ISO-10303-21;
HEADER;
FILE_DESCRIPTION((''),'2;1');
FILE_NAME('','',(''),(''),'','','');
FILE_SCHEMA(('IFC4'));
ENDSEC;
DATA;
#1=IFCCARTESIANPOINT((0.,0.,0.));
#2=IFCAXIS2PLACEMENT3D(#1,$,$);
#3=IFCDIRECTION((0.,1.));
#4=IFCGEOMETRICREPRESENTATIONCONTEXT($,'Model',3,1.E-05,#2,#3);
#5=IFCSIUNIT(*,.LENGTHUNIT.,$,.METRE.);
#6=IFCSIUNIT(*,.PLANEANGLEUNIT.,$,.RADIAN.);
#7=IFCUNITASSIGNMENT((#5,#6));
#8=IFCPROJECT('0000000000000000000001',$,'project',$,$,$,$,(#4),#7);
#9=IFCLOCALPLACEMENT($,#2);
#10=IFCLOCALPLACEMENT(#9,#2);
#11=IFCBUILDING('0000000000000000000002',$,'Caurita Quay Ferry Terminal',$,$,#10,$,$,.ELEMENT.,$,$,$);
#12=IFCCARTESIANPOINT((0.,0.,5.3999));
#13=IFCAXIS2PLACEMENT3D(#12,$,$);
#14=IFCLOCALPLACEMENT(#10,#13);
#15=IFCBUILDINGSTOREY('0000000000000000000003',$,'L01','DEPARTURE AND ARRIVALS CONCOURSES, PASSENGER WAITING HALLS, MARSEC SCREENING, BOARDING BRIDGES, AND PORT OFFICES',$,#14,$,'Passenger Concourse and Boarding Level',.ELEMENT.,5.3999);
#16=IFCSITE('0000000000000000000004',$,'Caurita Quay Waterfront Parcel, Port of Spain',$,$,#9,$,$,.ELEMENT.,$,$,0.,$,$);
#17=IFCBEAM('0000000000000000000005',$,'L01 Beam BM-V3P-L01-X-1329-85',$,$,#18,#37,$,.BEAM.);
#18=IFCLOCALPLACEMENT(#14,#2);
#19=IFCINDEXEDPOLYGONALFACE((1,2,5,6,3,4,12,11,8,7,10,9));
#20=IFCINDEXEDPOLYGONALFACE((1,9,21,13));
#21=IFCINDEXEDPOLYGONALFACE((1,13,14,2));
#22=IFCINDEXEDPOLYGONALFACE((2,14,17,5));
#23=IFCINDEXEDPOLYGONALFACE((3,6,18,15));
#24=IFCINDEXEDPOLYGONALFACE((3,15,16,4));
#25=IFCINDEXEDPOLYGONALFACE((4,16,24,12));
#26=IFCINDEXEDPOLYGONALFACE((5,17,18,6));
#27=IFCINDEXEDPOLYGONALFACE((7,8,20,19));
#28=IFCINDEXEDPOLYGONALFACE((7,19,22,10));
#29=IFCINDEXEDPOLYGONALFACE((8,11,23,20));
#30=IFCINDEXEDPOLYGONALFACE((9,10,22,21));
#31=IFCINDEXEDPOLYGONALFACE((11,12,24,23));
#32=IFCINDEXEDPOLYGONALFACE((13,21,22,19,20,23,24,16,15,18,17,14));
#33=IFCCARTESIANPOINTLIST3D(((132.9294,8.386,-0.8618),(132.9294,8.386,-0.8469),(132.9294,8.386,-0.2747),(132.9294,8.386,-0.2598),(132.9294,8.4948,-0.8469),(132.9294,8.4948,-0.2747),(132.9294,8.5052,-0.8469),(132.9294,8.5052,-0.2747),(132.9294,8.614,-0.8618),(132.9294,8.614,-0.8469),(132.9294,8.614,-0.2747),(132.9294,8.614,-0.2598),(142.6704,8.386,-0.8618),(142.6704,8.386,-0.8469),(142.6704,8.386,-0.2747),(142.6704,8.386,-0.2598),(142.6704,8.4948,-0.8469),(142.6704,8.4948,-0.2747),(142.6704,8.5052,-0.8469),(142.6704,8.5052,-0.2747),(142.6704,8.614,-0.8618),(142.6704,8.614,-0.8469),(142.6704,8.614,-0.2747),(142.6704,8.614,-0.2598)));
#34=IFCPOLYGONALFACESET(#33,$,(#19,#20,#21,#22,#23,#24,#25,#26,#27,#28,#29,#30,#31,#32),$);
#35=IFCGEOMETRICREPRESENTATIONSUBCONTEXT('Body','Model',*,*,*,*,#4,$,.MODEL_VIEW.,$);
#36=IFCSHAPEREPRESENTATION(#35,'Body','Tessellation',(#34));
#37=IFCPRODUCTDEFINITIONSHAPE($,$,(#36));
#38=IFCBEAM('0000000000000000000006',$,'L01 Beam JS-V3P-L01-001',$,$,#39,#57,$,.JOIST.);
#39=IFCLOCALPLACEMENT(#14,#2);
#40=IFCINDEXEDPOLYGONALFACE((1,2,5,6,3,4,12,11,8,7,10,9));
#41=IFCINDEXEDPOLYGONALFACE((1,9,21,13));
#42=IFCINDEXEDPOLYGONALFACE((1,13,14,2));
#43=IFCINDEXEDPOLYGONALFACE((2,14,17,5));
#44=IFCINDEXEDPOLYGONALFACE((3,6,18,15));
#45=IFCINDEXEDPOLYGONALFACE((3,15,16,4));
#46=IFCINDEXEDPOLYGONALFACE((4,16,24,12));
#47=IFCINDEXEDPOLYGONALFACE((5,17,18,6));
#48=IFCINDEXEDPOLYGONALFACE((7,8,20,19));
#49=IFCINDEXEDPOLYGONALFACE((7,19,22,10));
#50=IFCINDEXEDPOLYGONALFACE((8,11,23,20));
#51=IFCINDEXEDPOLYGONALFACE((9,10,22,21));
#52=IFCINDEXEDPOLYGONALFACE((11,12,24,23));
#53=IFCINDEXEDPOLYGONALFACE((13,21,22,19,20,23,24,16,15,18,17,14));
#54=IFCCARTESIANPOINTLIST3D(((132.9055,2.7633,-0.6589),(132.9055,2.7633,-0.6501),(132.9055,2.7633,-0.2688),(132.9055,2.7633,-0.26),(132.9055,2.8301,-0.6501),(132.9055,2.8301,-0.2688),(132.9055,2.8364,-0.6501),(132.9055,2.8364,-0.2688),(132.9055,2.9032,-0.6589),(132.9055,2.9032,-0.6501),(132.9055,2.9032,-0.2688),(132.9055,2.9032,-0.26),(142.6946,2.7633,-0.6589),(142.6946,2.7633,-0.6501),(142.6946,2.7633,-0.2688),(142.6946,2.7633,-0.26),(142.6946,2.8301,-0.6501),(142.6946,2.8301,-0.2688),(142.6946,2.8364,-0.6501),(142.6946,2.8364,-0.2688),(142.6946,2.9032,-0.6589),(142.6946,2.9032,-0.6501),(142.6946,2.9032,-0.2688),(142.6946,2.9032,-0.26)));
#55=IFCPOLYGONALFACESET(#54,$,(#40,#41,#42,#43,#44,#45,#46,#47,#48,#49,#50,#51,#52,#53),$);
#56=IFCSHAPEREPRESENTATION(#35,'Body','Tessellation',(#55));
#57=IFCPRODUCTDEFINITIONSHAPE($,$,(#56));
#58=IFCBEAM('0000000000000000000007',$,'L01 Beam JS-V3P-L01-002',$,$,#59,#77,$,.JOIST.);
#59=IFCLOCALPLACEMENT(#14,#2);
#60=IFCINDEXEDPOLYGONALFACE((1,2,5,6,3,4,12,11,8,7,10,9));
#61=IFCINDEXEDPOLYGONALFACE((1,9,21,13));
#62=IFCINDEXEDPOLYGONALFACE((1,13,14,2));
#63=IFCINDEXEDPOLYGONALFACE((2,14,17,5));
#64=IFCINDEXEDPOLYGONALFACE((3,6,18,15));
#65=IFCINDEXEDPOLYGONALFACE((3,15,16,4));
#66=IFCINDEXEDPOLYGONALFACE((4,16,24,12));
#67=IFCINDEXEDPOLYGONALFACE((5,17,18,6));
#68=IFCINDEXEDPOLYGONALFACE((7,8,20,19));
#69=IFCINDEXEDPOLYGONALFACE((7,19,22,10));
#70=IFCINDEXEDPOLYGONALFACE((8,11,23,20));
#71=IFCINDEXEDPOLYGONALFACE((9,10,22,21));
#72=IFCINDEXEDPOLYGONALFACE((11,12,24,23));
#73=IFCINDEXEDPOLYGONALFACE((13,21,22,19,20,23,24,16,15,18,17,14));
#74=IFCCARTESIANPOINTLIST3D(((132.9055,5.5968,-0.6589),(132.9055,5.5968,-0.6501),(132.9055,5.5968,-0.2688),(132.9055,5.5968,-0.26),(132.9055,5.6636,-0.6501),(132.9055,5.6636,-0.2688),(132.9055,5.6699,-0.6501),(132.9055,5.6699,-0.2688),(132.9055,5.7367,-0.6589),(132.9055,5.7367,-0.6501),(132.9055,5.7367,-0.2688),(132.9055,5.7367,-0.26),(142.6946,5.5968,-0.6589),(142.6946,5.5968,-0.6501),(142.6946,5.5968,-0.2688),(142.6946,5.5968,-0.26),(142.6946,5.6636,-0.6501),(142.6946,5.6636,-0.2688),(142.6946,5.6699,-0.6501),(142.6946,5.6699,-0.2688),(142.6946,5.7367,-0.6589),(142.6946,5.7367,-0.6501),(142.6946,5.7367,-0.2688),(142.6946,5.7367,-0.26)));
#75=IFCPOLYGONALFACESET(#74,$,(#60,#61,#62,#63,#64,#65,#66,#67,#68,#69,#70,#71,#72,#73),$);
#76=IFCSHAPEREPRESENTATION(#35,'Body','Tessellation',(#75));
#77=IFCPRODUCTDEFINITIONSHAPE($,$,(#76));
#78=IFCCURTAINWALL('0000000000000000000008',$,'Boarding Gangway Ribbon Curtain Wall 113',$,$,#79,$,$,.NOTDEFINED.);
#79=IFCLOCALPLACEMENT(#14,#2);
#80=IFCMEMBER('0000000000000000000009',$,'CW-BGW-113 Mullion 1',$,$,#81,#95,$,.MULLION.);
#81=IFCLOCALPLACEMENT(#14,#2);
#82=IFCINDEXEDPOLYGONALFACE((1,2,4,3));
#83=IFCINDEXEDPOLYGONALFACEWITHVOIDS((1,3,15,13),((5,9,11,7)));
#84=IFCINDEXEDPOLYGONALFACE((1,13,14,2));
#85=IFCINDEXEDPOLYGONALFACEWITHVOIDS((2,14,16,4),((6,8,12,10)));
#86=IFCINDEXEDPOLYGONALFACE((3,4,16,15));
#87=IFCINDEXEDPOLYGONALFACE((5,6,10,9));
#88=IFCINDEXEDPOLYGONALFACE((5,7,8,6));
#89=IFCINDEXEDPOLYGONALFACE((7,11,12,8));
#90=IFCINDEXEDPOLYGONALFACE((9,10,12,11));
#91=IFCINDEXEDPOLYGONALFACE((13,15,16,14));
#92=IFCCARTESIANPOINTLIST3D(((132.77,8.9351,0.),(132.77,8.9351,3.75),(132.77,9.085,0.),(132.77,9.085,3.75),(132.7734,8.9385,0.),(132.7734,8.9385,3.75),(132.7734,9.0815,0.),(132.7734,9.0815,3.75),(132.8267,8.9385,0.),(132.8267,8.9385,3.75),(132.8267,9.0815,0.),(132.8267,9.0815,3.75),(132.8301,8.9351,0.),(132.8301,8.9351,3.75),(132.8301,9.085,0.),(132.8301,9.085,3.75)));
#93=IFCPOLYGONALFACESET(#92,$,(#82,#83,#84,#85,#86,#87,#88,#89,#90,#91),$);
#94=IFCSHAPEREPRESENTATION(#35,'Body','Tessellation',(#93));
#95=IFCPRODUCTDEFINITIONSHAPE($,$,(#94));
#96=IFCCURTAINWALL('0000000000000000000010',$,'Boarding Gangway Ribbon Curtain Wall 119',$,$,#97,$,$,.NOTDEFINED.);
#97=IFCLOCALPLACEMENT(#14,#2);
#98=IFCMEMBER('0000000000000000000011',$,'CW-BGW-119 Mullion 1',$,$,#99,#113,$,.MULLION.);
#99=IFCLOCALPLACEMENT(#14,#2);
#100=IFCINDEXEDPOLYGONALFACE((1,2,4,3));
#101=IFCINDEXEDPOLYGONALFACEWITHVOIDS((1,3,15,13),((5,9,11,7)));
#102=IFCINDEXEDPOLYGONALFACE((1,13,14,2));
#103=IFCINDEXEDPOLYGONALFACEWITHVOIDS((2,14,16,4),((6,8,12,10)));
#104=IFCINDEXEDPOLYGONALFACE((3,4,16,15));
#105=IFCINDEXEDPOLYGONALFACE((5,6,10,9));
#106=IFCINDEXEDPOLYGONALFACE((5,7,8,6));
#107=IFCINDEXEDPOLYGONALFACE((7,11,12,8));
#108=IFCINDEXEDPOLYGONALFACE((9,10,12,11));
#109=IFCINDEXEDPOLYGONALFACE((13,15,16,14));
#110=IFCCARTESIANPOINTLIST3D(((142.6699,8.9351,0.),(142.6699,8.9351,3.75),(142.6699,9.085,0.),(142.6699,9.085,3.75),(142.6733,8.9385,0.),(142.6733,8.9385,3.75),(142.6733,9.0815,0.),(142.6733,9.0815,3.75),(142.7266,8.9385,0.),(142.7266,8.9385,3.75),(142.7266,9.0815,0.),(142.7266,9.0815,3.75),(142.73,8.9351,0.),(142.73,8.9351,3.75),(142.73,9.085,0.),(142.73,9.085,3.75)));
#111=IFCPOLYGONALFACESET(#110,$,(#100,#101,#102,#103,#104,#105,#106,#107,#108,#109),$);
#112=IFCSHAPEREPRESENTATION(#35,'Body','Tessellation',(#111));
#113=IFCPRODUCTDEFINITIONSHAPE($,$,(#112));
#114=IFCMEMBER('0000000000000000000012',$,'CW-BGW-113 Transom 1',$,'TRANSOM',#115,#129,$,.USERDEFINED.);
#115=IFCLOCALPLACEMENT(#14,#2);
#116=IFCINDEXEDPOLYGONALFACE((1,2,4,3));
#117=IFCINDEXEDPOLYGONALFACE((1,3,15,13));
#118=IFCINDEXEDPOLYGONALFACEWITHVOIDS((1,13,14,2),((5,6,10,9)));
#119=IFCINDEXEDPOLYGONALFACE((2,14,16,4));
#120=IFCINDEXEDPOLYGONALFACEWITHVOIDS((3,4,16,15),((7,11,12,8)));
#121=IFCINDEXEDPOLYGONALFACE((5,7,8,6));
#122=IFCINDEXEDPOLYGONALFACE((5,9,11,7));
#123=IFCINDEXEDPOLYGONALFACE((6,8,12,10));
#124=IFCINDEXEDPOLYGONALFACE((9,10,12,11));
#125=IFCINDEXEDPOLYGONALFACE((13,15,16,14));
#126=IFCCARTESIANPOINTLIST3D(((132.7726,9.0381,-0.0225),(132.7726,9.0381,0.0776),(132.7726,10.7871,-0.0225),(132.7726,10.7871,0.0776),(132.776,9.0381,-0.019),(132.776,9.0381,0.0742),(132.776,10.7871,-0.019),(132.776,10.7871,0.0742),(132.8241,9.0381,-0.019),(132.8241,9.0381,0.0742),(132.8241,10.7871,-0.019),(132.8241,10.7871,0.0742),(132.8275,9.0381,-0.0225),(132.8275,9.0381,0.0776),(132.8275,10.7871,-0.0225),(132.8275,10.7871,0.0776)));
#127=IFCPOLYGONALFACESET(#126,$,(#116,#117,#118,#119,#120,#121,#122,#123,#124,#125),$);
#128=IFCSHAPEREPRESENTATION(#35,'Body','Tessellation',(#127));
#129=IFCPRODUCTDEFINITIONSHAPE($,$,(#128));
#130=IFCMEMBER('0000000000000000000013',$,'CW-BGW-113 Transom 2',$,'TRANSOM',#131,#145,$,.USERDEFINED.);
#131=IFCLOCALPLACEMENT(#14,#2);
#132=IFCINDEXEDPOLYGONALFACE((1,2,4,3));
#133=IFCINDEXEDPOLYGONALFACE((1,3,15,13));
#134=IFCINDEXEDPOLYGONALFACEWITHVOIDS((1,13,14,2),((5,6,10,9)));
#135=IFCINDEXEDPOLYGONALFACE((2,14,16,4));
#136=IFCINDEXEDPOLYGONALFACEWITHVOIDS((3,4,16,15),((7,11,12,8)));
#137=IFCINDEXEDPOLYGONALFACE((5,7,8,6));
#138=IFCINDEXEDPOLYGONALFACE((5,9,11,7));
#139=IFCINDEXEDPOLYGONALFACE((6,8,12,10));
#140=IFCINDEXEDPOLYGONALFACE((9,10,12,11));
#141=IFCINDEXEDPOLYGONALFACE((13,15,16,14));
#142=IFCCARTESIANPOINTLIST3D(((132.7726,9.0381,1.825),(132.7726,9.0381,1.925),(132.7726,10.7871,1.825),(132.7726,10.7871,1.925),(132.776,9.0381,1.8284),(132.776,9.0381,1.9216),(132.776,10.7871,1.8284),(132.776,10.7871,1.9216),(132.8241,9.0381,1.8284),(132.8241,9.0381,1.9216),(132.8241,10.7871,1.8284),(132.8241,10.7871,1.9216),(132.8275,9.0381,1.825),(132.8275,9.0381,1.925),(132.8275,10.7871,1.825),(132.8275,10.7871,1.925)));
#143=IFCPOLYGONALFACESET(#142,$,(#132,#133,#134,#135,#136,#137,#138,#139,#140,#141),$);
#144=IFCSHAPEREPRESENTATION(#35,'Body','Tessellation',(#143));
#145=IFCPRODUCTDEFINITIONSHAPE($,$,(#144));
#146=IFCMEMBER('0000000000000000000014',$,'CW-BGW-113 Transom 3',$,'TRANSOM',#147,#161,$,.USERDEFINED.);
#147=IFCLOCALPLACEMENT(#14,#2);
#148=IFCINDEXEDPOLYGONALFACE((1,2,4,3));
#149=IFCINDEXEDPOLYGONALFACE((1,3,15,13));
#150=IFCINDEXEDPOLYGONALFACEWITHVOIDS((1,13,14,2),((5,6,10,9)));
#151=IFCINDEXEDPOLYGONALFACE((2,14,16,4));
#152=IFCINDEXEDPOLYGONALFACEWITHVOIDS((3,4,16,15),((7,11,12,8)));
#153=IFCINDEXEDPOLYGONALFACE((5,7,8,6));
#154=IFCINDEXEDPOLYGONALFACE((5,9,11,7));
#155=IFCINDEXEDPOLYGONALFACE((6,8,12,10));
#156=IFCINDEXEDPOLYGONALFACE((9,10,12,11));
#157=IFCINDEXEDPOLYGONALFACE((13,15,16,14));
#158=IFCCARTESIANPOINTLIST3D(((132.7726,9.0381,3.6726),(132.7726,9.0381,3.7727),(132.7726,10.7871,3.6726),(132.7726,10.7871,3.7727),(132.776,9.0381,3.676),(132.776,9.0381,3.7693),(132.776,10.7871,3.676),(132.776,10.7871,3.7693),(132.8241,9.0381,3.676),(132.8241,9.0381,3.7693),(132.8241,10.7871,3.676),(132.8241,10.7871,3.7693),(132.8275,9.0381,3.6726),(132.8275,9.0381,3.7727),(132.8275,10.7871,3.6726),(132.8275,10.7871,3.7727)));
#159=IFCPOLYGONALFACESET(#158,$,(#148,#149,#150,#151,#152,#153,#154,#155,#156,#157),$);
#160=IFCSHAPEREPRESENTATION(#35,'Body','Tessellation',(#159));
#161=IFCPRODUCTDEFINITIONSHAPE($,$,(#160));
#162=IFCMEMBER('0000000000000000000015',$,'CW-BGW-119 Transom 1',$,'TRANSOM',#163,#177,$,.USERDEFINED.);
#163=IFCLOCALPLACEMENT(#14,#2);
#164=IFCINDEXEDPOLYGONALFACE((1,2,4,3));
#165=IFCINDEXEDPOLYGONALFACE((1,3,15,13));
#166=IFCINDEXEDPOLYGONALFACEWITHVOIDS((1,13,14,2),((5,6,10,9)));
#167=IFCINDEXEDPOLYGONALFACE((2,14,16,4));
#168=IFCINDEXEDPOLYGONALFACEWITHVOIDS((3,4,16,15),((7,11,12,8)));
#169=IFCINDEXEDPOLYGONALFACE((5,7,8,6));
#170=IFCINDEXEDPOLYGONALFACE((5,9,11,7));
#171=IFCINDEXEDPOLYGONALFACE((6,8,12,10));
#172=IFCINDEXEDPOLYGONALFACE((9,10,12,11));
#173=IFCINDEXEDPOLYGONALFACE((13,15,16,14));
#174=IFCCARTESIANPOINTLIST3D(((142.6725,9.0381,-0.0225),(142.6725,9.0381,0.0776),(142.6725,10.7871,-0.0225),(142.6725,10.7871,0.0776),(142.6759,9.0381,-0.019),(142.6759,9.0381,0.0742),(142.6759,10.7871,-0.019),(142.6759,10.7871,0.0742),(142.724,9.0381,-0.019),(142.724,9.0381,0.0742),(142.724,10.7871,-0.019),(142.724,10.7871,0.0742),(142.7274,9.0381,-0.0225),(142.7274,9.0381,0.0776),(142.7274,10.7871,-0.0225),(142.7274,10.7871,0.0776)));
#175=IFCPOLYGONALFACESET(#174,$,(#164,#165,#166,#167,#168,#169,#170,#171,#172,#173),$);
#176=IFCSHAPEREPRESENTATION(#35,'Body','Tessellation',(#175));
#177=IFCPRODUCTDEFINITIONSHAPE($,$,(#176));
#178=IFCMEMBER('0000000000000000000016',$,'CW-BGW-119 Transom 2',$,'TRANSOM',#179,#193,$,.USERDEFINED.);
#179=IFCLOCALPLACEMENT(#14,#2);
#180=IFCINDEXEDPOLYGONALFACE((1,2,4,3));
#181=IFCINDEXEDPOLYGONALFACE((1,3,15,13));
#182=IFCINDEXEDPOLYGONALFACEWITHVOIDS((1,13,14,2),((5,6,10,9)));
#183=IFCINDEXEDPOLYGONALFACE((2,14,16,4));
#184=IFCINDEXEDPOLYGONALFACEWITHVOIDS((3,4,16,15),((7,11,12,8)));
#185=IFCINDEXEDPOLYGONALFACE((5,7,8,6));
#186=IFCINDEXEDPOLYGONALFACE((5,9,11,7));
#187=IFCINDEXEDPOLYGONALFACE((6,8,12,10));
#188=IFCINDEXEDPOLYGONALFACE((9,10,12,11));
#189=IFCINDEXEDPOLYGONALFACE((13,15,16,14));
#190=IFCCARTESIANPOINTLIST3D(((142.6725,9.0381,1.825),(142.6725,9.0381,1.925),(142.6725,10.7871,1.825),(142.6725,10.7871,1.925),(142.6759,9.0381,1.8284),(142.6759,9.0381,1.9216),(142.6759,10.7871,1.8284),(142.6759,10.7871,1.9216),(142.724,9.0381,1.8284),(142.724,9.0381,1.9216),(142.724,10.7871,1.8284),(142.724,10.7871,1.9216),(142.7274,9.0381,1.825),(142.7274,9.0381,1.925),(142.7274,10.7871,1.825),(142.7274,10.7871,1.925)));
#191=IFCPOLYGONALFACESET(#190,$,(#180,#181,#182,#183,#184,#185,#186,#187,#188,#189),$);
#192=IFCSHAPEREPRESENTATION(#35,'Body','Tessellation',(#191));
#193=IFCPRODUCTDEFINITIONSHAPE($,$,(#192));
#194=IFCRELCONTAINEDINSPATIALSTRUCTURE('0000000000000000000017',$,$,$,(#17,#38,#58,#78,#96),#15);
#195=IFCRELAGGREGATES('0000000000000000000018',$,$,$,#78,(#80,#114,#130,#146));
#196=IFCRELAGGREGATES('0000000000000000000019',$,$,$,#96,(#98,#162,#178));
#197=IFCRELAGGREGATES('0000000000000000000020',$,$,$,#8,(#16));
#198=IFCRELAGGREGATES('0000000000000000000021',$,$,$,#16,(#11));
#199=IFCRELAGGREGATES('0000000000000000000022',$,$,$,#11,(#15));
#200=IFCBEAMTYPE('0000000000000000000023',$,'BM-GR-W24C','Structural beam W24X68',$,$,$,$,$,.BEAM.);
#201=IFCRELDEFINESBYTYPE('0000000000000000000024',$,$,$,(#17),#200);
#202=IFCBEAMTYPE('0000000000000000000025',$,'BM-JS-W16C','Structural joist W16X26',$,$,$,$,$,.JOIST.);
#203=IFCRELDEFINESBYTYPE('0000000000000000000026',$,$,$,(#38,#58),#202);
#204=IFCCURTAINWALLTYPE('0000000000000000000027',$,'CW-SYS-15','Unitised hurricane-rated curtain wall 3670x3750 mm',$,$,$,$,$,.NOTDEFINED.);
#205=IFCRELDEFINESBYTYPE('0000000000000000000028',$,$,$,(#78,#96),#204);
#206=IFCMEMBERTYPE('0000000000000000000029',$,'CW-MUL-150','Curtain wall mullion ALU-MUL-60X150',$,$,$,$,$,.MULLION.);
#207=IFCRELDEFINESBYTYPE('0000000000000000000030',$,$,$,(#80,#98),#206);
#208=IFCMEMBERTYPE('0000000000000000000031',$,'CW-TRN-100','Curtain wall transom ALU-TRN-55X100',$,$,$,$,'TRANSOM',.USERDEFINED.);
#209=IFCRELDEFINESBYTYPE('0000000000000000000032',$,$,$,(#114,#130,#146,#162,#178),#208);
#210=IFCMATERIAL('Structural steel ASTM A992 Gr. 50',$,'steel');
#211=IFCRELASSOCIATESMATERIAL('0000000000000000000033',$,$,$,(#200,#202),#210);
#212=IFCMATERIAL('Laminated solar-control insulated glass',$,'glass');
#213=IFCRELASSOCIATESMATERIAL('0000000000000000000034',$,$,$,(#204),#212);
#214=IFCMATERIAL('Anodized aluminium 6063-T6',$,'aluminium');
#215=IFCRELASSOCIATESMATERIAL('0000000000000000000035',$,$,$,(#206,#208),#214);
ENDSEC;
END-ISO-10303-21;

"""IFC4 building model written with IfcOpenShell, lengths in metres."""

from ifc_helpers import new_model, si_unit, direction, frame, origin, origin_2d, place, context, subcontext, project, spatial, hollow_rectangle, i_section, extrude, material, material_profile, profile_set, type_object, element, aggregate, save


model = new_model("IFC4")

# Units and contexts
model_context = context("Model", 3, precision=1e-05, world=origin(), true_north=direction((0.0, 1.0)))
body_context = subcontext(model_context, "Body", "Model", "MODEL_VIEW")
ifc_project = project(units=[si_unit("LENGTHUNIT", "METRE"), si_unit("PLANEANGLEUNIT", "RADIAN")], contexts=[model_context])

# Site, building, storey
site_placement = place(None, origin())
site = spatial("IfcSite", under=ifc_project, at=site_placement, Name="Caurita Quay Waterfront Parcel, Port of Spain", CompositionType="ELEMENT", RefElevation=0.0)
building_placement = place(site_placement, origin())
building = spatial("IfcBuilding", under=site, at=building_placement, Name="Caurita Quay Ferry Terminal", CompositionType="ELEMENT")
storey_placement = place(building_placement, frame((0.0, 0.0, 5.3999)))
storey = spatial("IfcBuildingStorey", under=building, at=storey_placement, Name="L01", Description="DEPARTURE AND ARRIVALS CONCOURSES, PASSENGER WAITING HALLS, MARSEC SCREENING, BOARDING BRIDGES, AND PORT OFFICES", LongName="Passenger Concourse and Boarding Level", CompositionType="ELEMENT", Elevation=5.3999)

# Beams
ifc_material_1 = material(Name="Structural steel ASTM A992 Gr. 50", Category="steel")
ifc_material_profile_1 = material_profile(ifc_material_1, i_section(OverallWidth=0.228, OverallDepth=0.6021, WebThickness=0.0105, FlangeThickness=0.0149, at=origin_2d()), Name="W24X68")
ifc_profile_set_1 = profile_set([ifc_material_profile_1], Name="Structural steel ASTM A992 Gr. 50")
beam_type_1 = type_object("IfcBeamType", Name="BM-GR-W24C", Description="Structural beam W24X68", PredefinedType="BEAM", material=ifc_profile_set_1)
for number, where, z_axis, x_axis, name in (
    (1, (132.9294, 8.5, -0.5608), (1.0, 0.0, 0.0), (0.0, 1.0, 0.0), "L01 Beam BM-V3P-L01-X-1329-85"),
):
    element("IfcBeam", number, at=place(storey_placement, frame(where, z_axis=z_axis, x_axis=x_axis)), inside=storey, type_object=beam_type_1, Name=name, PredefinedType="BEAM", context=body_context, shape_type="SweptSolid", body=[
        extrude(i_section(OverallWidth=0.228, OverallDepth=0.6021, WebThickness=0.0105, FlangeThickness=0.0149, at=origin_2d()), origin(), (0.0, 0.0, 1.0), 9.741),
    ])
ifc_material_profile_2 = material_profile(ifc_material_1, i_section(OverallWidth=0.1399, OverallDepth=0.3989, WebThickness=0.0063, FlangeThickness=0.0088, at=origin_2d()), Name="W16X26")
ifc_profile_set_2 = profile_set([ifc_material_profile_2], Name="Structural steel ASTM A992 Gr. 50")
beam_type_2 = type_object("IfcBeamType", Name="BM-JS-W16C", Description="Structural joist W16X26", PredefinedType="JOIST", material=ifc_profile_set_2)
for number, where, z_axis, x_axis, name in (
    (2, (132.9055, 2.8333, -0.4595), (1.0, 0.0, 0.0), (0.0, 1.0, 0.0), "L01 Beam JS-V3P-L01-001"),
    (3, (132.9055, 5.6667, -0.4595), (1.0, 0.0, 0.0), (0.0, 1.0, 0.0), "L01 Beam JS-V3P-L01-002"),
):
    element("IfcBeam", number, at=place(storey_placement, frame(where, z_axis=z_axis, x_axis=x_axis)), inside=storey, type_object=beam_type_2, Name=name, PredefinedType="JOIST", context=body_context, shape_type="SweptSolid", body=[
        extrude(i_section(OverallWidth=0.1399, OverallDepth=0.3989, WebThickness=0.0063, FlangeThickness=0.0088, at=origin_2d()), origin(), (0.0, 0.0, 1.0), 9.7891),
    ])

# Curtain walls, members
ifc_material_2 = material(Name="Laminated solar-control insulated glass", Category="glass")
curtain_wall_type = type_object("IfcCurtainWallType", Name="CW-SYS-15", Description="Unitised hurricane-rated curtain wall 3670x3750 mm", PredefinedType="NOTDEFINED", material=ifc_material_2)
curtain_wall_1_placement = place(storey_placement, origin())
curtain_wall_1 = element("IfcCurtainWall", 4, at=curtain_wall_1_placement, inside=storey, type_object=curtain_wall_type, Name="Boarding Gangway Ribbon Curtain Wall 113", PredefinedType="NOTDEFINED")
ifc_material_3 = material(Name="Anodized aluminium 6063-T6", Category="aluminium")
ifc_material_profile_3 = material_profile(ifc_material_3, hollow_rectangle(XDim=0.0601, YDim=0.1499, WallThickness=0.0034, at=origin_2d()), Name="ALU-MUL-60X150")
ifc_profile_set_3 = profile_set([ifc_material_profile_3], Name="Anodized aluminium 6063-T6")
member_type_1 = type_object("IfcMemberType", Name="CW-MUL-150", Description="Curtain wall mullion ALU-MUL-60X150", PredefinedType="MULLION", material=ifc_profile_set_3)
member_1_placement = place(storey_placement, frame((132.8, 9.01, 0.0), z_axis=(0.0, 0.0, 1.0), x_axis=(-1.0, 0.0, 0.0)))
member_1 = element("IfcMember", 5, at=member_1_placement, type_object=member_type_1, Name="CW-BGW-113 Mullion 1", PredefinedType="MULLION", context=body_context, shape_type="SweptSolid", body=[
    extrude(hollow_rectangle(XDim=0.0601, YDim=0.1499, WallThickness=0.0034, at=origin_2d()), origin(), (0.0, 0.0, 1.0), 3.75),
])
curtain_wall_2_placement = place(storey_placement, origin())
curtain_wall_2 = element("IfcCurtainWall", 6, at=curtain_wall_2_placement, inside=storey, type_object=curtain_wall_type, Name="Boarding Gangway Ribbon Curtain Wall 119", PredefinedType="NOTDEFINED")
member_2_placement = place(storey_placement, frame((142.7, 9.01, 0.0), z_axis=(0.0, 0.0, 1.0), x_axis=(-1.0, 0.0, 0.0)))
member_2 = element("IfcMember", 7, at=member_2_placement, type_object=member_type_1, Name="CW-BGW-119 Mullion 1", PredefinedType="MULLION", context=body_context, shape_type="SweptSolid", body=[
    extrude(hollow_rectangle(XDim=0.0601, YDim=0.1499, WallThickness=0.0034, at=origin_2d()), origin(), (0.0, 0.0, 1.0), 3.75),
])

# Members
ifc_material_profile_4 = material_profile(ifc_material_3, hollow_rectangle(XDim=0.0549, YDim=0.1001, WallThickness=0.0034, at=origin_2d()), Name="ALU-TRN-55X100")
ifc_profile_set_4 = profile_set([ifc_material_profile_4], Name="Anodized aluminium 6063-T6")
member_type_2 = type_object("IfcMemberType", Name="CW-TRN-100", Description="Curtain wall transom ALU-TRN-55X100", ElementType="TRANSOM", PredefinedType="USERDEFINED", material=ifc_profile_set_4)
member_3_placement = place(storey_placement, frame((132.8, 9.0381, 0.0276), z_axis=(0.0, 1.0, 0.0), x_axis=(-1.0, 0.0, 0.0)))
member_3 = element("IfcMember", 8, at=member_3_placement, type_object=member_type_2, Name="CW-BGW-113 Transom 1", ObjectType="TRANSOM", PredefinedType="USERDEFINED", context=body_context, shape_type="SweptSolid", body=[
    extrude(hollow_rectangle(XDim=0.0549, YDim=0.1001, WallThickness=0.0034, at=origin_2d()), origin(), (0.0, 0.0, 1.0), 1.749),
])
member_4_placement = place(storey_placement, frame((132.8, 9.0381, 1.875), z_axis=(0.0, 1.0, 0.0), x_axis=(-1.0, 0.0, 0.0)))
member_4 = element("IfcMember", 9, at=member_4_placement, type_object=member_type_2, Name="CW-BGW-113 Transom 2", ObjectType="TRANSOM", PredefinedType="USERDEFINED", context=body_context, shape_type="SweptSolid", body=[
    extrude(hollow_rectangle(XDim=0.0549, YDim=0.1001, WallThickness=0.0034, at=origin_2d()), origin(), (0.0, 0.0, 1.0), 1.749),
])
member_5_placement = place(storey_placement, frame((132.8, 9.0381, 3.7227), z_axis=(0.0, 1.0, 0.0), x_axis=(-1.0, 0.0, 0.0)))
member_5 = element("IfcMember", 10, at=member_5_placement, type_object=member_type_2, Name="CW-BGW-113 Transom 3", ObjectType="TRANSOM", PredefinedType="USERDEFINED", context=body_context, shape_type="SweptSolid", body=[
    extrude(hollow_rectangle(XDim=0.0549, YDim=0.1001, WallThickness=0.0034, at=origin_2d()), origin(), (0.0, 0.0, 1.0), 1.749),
])
member_6_placement = place(storey_placement, frame((142.7, 9.0381, 0.0276), z_axis=(0.0, 1.0, 0.0), x_axis=(-1.0, 0.0, 0.0)))
member_6 = element("IfcMember", 11, at=member_6_placement, type_object=member_type_2, Name="CW-BGW-119 Transom 1", ObjectType="TRANSOM", PredefinedType="USERDEFINED", context=body_context, shape_type="SweptSolid", body=[
    extrude(hollow_rectangle(XDim=0.0549, YDim=0.1001, WallThickness=0.0034, at=origin_2d()), origin(), (0.0, 0.0, 1.0), 1.749),
])
member_7_placement = place(storey_placement, frame((142.7, 9.0381, 1.875), z_axis=(0.0, 1.0, 0.0), x_axis=(-1.0, 0.0, 0.0)))
member_7 = element("IfcMember", 12, at=member_7_placement, type_object=member_type_2, Name="CW-BGW-119 Transom 2", ObjectType="TRANSOM", PredefinedType="USERDEFINED", context=body_context, shape_type="SweptSolid", body=[
    extrude(hollow_rectangle(XDim=0.0549, YDim=0.1001, WallThickness=0.0034, at=origin_2d()), origin(), (0.0, 0.0, 1.0), 1.749),
])

aggregate(curtain_wall_1, [member_1, member_3, member_4, member_5])
aggregate(curtain_wall_2, [member_2, member_6, member_7])

save(model, "model.ifc")
